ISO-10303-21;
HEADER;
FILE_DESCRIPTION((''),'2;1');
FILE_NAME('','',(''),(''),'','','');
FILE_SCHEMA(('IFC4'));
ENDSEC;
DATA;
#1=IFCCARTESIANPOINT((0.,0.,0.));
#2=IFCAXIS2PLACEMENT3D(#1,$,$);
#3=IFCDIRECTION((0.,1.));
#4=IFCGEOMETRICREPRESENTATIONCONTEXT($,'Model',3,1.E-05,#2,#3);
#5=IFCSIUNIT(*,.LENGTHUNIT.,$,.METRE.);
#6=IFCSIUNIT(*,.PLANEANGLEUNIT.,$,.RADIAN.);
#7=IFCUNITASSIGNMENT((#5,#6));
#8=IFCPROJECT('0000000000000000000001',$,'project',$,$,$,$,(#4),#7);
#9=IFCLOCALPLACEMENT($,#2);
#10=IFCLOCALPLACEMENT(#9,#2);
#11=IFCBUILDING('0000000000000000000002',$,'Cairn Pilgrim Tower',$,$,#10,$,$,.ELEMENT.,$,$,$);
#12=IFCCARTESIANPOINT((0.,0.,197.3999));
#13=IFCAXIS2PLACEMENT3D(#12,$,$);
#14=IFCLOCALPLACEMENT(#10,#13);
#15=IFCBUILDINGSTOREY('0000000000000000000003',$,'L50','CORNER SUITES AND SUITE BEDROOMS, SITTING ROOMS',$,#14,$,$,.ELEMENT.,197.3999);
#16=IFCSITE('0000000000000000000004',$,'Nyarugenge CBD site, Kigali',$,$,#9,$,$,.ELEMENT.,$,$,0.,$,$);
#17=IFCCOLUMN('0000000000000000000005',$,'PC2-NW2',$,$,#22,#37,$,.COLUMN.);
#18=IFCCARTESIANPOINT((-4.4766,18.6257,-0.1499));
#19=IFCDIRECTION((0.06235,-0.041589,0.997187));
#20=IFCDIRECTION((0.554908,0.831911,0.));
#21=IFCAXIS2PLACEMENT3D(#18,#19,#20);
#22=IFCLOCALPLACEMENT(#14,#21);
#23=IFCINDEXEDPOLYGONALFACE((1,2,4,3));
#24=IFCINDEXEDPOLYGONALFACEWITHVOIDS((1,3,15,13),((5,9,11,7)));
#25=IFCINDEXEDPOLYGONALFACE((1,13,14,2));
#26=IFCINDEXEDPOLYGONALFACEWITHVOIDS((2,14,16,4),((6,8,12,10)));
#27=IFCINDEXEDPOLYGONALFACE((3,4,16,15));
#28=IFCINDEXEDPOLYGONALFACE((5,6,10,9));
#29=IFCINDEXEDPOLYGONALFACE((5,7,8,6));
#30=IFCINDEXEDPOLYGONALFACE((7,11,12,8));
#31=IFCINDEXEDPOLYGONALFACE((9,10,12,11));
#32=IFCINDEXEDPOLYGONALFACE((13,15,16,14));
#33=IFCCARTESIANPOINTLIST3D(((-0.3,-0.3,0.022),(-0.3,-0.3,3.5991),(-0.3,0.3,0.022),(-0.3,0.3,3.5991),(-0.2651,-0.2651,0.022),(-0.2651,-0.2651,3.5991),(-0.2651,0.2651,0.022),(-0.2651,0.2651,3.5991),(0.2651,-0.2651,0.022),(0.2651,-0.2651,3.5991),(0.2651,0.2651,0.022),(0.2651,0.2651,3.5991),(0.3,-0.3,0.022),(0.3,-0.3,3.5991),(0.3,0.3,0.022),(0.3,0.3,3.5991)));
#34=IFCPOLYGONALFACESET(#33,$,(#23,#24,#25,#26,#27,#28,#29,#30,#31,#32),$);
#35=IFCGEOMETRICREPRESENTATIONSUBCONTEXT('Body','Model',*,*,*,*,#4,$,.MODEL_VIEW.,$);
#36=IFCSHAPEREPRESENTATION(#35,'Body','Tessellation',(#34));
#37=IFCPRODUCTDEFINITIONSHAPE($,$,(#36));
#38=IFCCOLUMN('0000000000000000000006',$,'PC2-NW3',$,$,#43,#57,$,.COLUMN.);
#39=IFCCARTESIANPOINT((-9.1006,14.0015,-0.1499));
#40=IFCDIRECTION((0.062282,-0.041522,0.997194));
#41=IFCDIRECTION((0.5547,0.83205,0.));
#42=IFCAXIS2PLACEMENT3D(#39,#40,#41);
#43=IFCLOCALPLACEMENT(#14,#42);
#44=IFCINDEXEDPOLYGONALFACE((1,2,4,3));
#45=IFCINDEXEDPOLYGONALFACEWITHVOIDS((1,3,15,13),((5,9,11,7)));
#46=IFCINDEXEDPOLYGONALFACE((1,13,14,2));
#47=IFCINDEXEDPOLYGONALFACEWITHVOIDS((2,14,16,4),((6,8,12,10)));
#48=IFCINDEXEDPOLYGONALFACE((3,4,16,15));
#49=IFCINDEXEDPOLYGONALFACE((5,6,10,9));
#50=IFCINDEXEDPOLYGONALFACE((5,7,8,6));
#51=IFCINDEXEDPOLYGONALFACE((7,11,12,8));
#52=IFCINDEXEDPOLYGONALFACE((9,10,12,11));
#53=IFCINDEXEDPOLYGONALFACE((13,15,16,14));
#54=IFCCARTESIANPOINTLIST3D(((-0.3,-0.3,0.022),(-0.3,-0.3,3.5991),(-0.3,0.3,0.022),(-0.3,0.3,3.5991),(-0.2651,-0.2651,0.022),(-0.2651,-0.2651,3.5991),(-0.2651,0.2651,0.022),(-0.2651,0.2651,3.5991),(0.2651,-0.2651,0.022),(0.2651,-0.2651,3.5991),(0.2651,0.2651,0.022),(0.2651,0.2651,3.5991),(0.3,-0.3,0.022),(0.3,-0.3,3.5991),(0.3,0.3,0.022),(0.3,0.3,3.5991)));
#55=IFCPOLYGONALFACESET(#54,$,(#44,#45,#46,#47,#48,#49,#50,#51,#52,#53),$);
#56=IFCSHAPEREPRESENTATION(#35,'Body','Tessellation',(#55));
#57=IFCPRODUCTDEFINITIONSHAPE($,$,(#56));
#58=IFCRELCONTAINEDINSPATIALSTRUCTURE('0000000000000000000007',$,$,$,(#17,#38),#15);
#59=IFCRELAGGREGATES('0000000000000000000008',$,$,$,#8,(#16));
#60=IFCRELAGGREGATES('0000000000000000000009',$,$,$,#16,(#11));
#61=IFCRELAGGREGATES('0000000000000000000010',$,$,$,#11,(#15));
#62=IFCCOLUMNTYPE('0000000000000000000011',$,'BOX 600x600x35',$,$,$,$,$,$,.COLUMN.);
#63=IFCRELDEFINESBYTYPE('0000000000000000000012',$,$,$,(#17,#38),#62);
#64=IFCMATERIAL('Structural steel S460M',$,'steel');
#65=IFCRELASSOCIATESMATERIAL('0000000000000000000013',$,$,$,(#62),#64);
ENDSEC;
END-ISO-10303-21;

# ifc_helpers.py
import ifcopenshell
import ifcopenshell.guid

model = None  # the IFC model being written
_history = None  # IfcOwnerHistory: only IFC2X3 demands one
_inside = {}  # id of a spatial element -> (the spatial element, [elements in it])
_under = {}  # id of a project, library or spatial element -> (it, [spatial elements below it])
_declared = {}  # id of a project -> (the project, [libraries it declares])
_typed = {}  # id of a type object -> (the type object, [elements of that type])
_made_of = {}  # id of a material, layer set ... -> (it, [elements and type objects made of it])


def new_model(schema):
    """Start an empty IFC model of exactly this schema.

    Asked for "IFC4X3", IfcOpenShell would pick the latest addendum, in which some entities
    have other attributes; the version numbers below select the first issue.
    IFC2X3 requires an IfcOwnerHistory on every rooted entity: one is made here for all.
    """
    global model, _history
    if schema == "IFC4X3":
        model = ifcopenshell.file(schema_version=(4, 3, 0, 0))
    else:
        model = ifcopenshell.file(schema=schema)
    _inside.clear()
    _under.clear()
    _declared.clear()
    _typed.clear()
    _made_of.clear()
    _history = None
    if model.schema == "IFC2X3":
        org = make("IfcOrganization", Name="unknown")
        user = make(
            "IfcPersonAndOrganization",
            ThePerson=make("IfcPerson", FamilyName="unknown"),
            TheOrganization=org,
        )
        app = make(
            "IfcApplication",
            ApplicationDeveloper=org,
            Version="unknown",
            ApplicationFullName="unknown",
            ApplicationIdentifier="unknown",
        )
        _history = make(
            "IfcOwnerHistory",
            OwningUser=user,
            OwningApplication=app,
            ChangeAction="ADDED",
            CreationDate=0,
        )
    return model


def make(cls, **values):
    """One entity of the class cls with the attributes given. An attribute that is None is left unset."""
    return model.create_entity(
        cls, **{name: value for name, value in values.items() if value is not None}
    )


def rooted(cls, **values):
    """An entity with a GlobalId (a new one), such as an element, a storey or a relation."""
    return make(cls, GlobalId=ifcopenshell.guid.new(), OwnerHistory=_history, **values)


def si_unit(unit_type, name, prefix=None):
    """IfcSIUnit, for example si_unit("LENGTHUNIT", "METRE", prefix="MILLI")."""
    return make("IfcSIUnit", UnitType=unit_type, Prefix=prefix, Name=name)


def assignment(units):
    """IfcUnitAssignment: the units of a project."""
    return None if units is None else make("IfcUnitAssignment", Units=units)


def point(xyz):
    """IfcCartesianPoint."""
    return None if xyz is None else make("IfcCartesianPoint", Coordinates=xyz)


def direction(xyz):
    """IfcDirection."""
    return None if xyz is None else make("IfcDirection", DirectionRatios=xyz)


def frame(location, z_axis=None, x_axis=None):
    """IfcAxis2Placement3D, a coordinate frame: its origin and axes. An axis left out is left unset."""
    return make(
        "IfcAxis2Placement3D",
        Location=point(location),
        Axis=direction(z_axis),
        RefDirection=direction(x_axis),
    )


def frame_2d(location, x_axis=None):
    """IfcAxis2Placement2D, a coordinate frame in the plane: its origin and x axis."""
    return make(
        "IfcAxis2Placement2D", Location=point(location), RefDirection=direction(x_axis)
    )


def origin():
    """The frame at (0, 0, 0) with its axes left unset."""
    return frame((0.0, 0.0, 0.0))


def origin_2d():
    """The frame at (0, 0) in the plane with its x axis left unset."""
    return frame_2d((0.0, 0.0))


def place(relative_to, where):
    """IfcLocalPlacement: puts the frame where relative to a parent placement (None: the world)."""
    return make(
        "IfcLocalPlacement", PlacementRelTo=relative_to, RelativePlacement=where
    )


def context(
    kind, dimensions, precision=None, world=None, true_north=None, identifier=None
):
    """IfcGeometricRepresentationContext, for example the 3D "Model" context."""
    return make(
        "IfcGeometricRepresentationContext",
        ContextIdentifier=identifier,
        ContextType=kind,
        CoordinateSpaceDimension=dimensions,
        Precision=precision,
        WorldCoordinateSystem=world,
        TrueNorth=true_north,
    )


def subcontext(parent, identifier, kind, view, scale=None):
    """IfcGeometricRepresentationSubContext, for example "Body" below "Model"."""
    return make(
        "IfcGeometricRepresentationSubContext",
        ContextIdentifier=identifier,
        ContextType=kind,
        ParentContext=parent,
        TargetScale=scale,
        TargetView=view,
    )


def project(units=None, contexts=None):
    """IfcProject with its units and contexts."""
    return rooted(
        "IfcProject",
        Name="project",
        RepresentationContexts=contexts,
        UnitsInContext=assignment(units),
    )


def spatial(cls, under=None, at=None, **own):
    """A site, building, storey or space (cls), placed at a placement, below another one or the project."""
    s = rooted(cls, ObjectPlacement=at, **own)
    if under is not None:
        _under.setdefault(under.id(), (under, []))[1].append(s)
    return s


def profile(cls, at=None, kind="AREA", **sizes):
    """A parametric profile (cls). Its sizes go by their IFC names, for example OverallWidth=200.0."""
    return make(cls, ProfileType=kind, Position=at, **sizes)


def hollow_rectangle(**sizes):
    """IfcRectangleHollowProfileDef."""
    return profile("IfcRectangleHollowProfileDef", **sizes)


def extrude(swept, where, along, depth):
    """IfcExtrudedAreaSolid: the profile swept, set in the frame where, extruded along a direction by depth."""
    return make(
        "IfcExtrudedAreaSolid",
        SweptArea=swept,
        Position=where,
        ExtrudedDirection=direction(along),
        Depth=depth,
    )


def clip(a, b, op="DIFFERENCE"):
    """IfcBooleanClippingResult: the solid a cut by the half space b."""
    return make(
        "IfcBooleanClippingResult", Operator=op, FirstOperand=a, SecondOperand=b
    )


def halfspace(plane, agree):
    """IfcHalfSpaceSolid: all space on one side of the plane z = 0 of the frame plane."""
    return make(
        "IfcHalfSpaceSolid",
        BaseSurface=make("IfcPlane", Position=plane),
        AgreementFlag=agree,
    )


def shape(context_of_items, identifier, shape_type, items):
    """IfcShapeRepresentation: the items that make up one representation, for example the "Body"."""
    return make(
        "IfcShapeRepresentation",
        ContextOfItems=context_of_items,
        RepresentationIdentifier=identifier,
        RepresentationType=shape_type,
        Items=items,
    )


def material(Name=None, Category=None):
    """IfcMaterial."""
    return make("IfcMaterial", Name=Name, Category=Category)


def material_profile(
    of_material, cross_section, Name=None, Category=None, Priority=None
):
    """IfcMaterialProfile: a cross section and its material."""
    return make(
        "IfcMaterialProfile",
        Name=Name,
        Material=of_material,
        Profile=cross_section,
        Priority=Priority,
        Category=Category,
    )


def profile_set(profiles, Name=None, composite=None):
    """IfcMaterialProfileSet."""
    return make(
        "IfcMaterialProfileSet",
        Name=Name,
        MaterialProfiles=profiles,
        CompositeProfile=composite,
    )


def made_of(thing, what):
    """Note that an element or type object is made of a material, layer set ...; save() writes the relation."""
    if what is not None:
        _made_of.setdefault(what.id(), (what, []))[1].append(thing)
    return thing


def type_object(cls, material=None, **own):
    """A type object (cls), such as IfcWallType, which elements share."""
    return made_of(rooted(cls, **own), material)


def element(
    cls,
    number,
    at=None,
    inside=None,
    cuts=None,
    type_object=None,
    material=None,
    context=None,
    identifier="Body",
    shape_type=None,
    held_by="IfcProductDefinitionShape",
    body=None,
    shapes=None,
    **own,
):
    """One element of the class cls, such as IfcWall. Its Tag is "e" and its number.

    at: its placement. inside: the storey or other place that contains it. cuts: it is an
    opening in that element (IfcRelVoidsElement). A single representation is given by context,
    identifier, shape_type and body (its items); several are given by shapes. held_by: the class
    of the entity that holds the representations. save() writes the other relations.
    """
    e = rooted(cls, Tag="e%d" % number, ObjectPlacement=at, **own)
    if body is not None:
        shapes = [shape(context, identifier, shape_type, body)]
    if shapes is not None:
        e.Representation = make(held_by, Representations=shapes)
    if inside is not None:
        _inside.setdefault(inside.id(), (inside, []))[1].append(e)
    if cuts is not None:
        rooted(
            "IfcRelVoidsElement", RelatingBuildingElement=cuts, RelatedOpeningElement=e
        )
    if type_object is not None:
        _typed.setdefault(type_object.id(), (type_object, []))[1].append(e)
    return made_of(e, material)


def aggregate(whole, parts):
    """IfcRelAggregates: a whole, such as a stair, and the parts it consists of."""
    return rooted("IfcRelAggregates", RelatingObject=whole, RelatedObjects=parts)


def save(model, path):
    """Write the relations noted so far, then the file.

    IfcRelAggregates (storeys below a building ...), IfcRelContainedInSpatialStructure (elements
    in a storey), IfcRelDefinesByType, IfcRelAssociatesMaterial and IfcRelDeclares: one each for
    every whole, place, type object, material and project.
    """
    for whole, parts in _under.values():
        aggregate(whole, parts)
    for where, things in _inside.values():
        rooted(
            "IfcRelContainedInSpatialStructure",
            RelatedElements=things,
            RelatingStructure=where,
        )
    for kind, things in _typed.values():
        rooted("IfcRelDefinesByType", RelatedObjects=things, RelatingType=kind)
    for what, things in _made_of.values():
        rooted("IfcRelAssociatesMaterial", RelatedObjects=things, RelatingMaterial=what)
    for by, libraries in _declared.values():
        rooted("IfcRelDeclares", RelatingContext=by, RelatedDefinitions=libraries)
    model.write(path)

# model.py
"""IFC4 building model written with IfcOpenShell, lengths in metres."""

from ifc_helpers import new_model, si_unit, direction, frame, origin, origin_2d, place, context, subcontext, project, spatial, hollow_rectangle, extrude, clip, halfspace, material, material_profile, profile_set, type_object, element, save


model = new_model("IFC4")

# Units and contexts
model_context = context("Model", 3, precision=1e-05, world=origin(), true_north=direction((0.0, 1.0)))
body_context = subcontext(model_context, "Body", "Model", "MODEL_VIEW")
ifc_project = project(units=[si_unit("LENGTHUNIT", "METRE"), si_unit("PLANEANGLEUNIT", "RADIAN")], contexts=[model_context])

# Site, building, storey
site_placement = place(None, origin())
site = spatial("IfcSite", under=ifc_project, at=site_placement, Name="Nyarugenge CBD site, Kigali", CompositionType="ELEMENT", RefElevation=0.0)
building_placement = place(site_placement, origin())
building = spatial("IfcBuilding", under=site, at=building_placement, Name="Cairn Pilgrim Tower", CompositionType="ELEMENT")
storey_placement = place(building_placement, frame((0.0, 0.0, 197.3999)))
storey = spatial("IfcBuildingStorey", under=building, at=storey_placement, Name="L50", Description="CORNER SUITES AND SUITE BEDROOMS, SITTING ROOMS", CompositionType="ELEMENT", Elevation=197.3999)

# Columns
ifc_material_1 = material(Name="Structural steel S460M", Category="steel")
ifc_material_profile_1 = material_profile(ifc_material_1, hollow_rectangle(XDim=0.6001, YDim=0.6001, WallThickness=0.0349, at=origin_2d()), Name="BOX 600x600x35")
ifc_profile_set_1 = profile_set([ifc_material_profile_1], Name="Structural steel S460M")
column_type_1 = type_object("IfcColumnType", Name="BOX 600x600x35", PredefinedType="COLUMN", material=ifc_profile_set_1)
column_1_placement = place(storey_placement, frame((-4.4766, 18.6257, -0.1499), z_axis=(0.06235, -0.041589, 0.997187), x_axis=(0.554908, 0.831911, 0.0)))
element("IfcColumn", 1, at=column_1_placement, inside=storey, type_object=column_type_1, Name="PC2-NW2", PredefinedType="COLUMN", context=body_context, shape_type="Clipping", body=[
    clip(clip(extrude(hollow_rectangle(XDim=0.6001, YDim=0.6001, WallThickness=0.0349, at=origin_2d()), origin(), (0.0, 0.0, 1.0), 3.6104), halfspace(frame((0.0, 0.0, 0.022), z_axis=(0.0, 0.0, 1.0), x_axis=(1.0, 0.0, 0.0)), True)), halfspace(frame((0.0, 0.0, 3.5991), z_axis=(0.0, 0.0, 1.0), x_axis=(1.0, 0.0, 0.0)), False)),
])
column_2_placement = place(storey_placement, frame((-9.1006, 14.0015, -0.1499), z_axis=(0.062282, -0.041522, 0.997194), x_axis=(0.5547, 0.83205, 0.0)))
element("IfcColumn", 2, at=column_2_placement, inside=storey, type_object=column_type_1, Name="PC2-NW3", PredefinedType="COLUMN", context=body_context, shape_type="Clipping", body=[
    clip(clip(extrude(hollow_rectangle(XDim=0.6001, YDim=0.6001, WallThickness=0.0349, at=origin_2d()), origin(), (0.0, 0.0, 1.0), 3.6101), halfspace(frame((0.0, 0.0, 0.022), z_axis=(0.0, 0.0, 1.0), x_axis=(1.0, 0.0, 0.0)), True)), halfspace(frame((0.0, 0.0, 3.5991), z_axis=(0.0, 0.0, 1.0), x_axis=(1.0, 0.0, 0.0)), False)),
])

save(model, "model.ifc")
